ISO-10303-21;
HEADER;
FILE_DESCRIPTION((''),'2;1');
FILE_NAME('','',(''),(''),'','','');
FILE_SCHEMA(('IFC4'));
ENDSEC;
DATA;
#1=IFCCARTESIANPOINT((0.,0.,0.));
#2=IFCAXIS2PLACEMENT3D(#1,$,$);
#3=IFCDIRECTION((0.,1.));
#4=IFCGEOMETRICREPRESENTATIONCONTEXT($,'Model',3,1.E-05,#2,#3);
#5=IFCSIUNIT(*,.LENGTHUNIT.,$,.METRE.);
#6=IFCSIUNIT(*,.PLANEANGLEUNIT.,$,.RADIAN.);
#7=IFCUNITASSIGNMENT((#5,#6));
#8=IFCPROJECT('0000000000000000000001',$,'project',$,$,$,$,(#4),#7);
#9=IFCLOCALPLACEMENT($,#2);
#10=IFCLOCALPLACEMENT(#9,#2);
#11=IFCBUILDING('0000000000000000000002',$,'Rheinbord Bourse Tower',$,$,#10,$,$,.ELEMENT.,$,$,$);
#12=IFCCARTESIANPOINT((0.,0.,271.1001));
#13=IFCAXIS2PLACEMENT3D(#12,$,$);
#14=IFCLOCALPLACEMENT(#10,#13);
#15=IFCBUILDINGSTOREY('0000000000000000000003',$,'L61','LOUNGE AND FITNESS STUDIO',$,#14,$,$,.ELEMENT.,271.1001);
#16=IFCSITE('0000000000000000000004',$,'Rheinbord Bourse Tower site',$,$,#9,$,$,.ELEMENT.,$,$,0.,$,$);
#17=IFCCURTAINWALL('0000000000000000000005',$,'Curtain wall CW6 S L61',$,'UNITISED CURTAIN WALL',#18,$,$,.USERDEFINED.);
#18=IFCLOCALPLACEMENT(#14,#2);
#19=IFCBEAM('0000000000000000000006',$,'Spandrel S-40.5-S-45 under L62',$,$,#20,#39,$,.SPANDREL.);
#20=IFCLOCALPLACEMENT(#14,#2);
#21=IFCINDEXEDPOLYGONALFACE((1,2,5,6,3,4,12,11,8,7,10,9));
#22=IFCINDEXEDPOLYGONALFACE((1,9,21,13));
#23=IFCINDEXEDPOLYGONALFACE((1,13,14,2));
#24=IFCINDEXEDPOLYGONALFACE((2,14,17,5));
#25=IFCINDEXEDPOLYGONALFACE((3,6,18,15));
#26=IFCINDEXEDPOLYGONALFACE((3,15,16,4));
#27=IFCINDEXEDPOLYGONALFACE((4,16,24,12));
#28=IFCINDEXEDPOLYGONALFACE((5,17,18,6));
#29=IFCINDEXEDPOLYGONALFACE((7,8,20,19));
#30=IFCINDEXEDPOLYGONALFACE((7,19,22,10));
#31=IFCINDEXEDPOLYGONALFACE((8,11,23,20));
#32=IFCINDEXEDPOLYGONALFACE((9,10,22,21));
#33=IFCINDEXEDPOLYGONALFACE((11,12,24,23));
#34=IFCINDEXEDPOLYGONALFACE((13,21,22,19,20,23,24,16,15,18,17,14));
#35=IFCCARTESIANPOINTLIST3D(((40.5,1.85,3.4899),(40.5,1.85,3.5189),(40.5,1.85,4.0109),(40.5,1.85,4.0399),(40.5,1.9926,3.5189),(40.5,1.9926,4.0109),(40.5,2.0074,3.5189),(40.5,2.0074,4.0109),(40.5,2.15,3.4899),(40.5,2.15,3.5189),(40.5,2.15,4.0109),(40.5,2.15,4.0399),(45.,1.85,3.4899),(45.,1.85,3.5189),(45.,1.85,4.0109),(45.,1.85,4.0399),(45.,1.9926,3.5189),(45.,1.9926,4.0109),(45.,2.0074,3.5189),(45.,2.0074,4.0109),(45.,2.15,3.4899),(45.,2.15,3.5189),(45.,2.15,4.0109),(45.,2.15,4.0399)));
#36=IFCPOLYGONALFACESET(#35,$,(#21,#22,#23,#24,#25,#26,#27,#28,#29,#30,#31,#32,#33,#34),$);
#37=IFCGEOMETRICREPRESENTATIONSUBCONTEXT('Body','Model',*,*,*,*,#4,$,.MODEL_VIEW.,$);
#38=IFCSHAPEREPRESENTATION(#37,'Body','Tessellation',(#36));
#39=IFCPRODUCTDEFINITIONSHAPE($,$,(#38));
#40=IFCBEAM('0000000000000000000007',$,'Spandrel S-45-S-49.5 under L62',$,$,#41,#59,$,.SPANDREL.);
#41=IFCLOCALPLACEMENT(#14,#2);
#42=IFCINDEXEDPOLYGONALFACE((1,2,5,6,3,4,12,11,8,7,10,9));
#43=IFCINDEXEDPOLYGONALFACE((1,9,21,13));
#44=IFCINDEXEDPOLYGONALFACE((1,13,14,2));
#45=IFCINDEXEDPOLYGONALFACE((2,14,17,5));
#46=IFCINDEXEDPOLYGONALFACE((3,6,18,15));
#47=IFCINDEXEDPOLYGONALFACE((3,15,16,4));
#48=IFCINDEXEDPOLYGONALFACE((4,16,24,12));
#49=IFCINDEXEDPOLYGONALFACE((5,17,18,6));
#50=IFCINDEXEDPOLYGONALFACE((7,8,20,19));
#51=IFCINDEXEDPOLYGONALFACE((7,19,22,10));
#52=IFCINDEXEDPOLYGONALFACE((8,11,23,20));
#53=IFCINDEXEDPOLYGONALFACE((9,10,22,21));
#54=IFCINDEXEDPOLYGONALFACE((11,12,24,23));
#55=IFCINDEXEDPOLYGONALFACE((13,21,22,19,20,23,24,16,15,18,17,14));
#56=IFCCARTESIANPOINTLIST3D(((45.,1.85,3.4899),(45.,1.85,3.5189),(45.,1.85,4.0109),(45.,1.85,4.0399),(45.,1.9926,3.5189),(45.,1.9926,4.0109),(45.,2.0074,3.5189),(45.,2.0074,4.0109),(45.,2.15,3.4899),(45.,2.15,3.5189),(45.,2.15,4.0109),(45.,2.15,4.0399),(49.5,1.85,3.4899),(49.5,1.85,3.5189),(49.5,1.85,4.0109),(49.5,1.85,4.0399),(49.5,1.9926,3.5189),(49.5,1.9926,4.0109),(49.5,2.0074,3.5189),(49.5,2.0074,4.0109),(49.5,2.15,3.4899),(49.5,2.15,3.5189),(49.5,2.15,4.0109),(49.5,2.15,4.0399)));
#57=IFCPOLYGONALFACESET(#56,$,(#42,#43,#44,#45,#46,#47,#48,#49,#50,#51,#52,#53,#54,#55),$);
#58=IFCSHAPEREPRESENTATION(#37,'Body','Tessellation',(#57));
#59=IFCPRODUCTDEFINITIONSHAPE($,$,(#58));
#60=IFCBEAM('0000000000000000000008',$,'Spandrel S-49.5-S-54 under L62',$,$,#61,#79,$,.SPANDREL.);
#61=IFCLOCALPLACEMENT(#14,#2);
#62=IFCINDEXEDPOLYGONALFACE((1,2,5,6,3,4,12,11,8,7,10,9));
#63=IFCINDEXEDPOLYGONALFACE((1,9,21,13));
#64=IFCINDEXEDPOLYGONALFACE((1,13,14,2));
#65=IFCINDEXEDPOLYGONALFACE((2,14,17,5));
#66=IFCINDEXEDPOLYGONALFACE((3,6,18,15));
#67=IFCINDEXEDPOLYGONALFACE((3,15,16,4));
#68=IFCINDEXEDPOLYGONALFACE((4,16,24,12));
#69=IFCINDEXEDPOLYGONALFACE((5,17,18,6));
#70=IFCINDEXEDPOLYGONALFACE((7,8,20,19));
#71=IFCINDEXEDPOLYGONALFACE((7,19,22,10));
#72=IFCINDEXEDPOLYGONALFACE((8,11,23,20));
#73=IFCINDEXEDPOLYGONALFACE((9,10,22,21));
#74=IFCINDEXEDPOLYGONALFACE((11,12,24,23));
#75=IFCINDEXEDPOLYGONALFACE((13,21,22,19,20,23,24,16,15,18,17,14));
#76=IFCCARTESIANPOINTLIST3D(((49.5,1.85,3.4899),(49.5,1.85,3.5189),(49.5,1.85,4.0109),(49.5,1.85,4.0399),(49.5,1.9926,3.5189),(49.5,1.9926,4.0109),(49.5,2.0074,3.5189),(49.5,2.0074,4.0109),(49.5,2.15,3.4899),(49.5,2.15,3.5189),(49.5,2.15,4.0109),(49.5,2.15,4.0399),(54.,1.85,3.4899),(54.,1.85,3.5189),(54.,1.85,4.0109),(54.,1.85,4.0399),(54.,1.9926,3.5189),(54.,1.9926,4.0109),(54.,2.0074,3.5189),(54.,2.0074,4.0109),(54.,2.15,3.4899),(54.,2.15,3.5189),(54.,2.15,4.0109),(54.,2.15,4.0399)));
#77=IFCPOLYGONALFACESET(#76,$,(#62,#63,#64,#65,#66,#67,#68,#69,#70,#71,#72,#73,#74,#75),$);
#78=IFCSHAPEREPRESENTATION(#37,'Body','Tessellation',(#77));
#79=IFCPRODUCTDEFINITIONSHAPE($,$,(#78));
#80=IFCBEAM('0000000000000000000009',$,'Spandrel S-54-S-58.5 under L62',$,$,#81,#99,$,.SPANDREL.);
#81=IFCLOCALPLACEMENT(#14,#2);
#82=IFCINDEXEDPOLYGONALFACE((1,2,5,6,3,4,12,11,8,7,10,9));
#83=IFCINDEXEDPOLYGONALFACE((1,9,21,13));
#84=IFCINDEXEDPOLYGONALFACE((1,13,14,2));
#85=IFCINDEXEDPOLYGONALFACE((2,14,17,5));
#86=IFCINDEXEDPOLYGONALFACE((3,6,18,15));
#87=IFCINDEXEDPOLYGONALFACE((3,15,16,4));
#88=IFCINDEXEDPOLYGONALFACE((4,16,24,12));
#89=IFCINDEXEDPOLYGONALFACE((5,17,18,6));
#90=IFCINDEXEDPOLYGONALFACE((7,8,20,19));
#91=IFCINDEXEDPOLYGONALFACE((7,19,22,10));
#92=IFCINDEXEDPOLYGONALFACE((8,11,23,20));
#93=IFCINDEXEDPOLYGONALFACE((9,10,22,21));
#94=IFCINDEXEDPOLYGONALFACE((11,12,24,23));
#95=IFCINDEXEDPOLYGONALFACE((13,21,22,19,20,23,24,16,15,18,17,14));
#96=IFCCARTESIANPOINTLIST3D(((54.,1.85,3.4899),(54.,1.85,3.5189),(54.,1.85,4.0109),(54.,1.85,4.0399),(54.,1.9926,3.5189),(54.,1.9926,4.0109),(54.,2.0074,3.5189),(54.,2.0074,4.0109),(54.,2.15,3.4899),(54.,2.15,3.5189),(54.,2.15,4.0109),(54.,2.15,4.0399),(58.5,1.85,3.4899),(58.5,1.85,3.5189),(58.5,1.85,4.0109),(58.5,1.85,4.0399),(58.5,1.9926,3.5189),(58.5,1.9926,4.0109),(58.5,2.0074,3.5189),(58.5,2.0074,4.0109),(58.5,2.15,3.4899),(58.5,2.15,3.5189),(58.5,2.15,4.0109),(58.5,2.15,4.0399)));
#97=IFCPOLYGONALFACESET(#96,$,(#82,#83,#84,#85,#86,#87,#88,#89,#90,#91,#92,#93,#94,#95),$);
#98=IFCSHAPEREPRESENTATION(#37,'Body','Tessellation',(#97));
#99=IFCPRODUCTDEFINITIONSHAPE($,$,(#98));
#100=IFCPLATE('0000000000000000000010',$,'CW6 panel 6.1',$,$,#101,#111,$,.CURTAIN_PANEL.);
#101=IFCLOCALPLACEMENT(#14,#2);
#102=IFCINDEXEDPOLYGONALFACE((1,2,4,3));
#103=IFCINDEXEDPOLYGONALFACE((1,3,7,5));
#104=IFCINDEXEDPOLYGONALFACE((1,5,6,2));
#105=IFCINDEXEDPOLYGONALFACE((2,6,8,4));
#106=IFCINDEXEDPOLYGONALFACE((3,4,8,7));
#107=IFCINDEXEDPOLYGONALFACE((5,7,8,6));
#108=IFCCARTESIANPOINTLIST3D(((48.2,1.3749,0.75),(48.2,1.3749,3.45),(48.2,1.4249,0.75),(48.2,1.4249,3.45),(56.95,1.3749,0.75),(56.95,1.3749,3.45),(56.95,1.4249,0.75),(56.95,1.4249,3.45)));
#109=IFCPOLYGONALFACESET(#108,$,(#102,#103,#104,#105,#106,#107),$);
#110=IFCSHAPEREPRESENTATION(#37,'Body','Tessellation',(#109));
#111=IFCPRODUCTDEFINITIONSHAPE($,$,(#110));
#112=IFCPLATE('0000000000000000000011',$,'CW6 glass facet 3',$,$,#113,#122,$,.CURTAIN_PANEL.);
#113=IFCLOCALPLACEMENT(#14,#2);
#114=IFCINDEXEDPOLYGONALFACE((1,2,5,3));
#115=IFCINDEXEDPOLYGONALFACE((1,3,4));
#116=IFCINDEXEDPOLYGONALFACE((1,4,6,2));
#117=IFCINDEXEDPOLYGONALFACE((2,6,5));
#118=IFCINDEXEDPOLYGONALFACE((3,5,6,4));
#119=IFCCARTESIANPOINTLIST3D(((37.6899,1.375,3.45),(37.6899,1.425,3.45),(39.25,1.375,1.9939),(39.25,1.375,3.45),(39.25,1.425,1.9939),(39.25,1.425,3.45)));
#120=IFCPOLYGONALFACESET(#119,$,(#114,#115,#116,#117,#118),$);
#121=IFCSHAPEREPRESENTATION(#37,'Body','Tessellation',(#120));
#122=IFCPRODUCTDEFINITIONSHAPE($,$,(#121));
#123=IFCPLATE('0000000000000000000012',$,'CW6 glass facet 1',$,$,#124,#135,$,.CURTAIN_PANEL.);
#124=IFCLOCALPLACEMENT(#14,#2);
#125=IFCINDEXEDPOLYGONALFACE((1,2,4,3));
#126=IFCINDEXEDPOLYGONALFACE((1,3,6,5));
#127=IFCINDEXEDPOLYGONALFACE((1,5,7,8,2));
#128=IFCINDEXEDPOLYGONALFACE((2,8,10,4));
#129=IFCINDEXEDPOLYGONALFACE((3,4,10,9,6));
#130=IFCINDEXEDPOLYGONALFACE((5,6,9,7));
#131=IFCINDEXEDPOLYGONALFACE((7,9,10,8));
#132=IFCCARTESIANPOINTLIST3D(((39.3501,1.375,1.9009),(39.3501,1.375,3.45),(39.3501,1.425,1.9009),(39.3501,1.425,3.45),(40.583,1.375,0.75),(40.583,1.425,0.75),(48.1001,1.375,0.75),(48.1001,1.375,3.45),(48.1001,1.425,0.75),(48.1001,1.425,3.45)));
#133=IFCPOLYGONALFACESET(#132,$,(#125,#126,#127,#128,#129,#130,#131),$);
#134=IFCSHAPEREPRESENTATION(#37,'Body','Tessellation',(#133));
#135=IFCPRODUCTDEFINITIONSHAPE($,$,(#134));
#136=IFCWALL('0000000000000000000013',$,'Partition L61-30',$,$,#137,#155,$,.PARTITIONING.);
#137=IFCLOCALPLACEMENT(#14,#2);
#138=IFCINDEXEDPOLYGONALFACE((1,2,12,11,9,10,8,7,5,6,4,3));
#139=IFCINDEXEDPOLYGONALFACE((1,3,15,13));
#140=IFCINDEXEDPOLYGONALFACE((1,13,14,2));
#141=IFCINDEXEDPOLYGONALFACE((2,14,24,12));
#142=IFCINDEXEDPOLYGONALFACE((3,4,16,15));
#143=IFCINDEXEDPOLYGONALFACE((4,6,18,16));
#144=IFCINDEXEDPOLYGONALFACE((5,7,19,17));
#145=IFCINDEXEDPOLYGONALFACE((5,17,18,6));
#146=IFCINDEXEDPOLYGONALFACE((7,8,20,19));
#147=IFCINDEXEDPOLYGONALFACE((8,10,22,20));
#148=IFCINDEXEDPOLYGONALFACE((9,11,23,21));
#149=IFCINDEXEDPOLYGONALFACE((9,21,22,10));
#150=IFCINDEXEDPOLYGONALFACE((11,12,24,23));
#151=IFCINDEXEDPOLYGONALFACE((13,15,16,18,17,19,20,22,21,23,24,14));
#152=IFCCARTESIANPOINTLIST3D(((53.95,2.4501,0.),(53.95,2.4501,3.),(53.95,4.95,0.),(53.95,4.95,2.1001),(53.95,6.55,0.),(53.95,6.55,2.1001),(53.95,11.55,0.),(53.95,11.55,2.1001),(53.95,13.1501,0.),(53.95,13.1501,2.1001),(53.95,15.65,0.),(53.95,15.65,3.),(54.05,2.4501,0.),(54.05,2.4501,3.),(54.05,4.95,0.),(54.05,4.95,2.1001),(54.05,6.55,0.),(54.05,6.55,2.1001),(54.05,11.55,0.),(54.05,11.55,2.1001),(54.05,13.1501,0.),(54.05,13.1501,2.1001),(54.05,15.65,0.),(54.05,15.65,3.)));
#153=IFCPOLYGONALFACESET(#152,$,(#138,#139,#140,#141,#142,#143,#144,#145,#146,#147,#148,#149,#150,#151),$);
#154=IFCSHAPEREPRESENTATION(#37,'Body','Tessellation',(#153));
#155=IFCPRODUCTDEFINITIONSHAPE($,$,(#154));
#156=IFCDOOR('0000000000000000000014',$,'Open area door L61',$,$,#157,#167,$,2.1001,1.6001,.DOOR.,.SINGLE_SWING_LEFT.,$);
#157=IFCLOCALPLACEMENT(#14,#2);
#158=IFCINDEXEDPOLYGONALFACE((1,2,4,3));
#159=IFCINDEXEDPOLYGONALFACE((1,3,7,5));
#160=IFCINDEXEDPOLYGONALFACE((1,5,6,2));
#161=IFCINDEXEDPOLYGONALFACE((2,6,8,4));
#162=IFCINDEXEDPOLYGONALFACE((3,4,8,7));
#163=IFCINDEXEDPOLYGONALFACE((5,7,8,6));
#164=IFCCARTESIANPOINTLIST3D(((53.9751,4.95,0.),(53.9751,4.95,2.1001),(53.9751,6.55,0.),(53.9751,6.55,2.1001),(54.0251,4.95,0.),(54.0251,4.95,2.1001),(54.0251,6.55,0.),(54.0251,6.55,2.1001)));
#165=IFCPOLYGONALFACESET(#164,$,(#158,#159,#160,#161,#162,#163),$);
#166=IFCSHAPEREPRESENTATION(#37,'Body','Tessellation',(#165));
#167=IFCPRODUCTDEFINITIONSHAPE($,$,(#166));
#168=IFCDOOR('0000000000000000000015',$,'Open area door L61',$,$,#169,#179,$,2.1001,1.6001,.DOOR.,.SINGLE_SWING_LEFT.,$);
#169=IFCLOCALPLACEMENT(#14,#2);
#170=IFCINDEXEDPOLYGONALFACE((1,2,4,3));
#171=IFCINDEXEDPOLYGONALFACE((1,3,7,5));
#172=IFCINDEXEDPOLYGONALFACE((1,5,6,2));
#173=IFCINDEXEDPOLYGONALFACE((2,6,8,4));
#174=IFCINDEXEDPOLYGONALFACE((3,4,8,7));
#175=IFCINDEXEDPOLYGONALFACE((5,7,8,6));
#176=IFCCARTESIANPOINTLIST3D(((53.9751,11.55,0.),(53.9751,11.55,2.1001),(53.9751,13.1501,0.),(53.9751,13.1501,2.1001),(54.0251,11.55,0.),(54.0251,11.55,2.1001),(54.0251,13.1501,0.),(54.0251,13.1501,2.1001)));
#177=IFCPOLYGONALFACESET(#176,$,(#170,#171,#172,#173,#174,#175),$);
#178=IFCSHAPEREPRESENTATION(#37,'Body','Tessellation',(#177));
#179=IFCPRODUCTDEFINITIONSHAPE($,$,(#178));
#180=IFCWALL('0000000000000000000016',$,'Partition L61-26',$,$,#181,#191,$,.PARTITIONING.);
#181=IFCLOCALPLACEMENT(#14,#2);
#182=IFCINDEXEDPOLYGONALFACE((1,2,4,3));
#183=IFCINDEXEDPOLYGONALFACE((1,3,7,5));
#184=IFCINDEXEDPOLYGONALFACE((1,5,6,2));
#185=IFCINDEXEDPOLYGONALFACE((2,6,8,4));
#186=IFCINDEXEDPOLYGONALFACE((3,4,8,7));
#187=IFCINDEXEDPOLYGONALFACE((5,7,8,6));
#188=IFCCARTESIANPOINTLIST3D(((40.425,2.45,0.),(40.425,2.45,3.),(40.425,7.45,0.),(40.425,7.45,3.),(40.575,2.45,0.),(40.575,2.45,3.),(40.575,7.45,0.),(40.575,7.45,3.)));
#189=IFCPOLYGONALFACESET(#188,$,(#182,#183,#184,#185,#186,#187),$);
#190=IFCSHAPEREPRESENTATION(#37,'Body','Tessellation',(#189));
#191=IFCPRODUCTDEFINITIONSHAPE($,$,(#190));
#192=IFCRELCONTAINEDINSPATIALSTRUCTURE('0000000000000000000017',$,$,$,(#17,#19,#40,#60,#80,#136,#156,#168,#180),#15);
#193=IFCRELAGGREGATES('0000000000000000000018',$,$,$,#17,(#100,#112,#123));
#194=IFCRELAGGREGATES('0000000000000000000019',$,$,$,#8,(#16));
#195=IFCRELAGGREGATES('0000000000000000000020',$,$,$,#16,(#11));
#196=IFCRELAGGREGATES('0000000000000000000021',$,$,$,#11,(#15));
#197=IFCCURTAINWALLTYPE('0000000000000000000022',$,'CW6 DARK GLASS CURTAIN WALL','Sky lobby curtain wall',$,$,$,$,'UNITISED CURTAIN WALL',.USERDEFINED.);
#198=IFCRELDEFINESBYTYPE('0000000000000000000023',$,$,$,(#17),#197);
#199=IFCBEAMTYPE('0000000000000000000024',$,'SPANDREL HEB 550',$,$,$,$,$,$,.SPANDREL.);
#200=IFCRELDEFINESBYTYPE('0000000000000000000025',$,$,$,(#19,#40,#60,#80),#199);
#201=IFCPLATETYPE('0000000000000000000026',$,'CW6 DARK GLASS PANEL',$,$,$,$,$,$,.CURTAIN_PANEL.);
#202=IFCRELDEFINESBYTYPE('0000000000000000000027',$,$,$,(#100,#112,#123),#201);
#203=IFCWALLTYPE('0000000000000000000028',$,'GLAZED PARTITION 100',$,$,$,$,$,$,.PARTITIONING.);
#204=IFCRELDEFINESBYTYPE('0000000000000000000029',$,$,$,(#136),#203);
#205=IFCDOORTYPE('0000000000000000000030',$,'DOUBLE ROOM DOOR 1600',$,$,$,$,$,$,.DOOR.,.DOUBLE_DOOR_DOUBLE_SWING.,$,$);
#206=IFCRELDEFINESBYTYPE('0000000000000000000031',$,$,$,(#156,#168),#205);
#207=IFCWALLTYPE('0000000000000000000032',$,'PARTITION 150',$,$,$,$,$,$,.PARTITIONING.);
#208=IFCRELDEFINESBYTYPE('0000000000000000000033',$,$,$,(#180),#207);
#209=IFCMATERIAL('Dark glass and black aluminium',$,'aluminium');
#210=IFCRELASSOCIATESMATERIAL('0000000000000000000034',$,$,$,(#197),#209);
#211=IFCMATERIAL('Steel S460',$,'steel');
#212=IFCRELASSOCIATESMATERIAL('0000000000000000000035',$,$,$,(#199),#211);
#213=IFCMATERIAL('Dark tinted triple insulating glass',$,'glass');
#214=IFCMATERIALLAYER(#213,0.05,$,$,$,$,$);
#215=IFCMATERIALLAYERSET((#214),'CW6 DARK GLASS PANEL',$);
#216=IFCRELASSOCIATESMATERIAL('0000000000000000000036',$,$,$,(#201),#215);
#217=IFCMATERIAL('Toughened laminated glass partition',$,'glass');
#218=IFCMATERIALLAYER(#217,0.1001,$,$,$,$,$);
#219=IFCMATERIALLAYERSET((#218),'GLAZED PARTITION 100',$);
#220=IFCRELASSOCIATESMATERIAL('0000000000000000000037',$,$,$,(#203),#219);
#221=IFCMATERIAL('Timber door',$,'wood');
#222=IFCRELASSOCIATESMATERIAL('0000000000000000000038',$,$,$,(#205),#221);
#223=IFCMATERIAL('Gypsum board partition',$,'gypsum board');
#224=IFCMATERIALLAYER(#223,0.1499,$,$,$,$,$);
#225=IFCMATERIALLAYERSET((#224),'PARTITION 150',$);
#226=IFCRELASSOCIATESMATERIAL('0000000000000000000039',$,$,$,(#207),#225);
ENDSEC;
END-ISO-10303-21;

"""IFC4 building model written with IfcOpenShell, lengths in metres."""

from ifc_helpers import new_model, si_unit, direction, frame, frame_2d, origin, origin_2d, place, context, subcontext, project, spatial, polyline, rectangle, i_section, outline, extrude, material, layer, layer_set, material_profile, profile_set, type_object, element, fill, aggregate, save


model = new_model("IFC4")

# Units and contexts
model_context = context("Model", 3, precision=1e-05, world=origin(), true_north=direction((0.0, 1.0)))
body_context = subcontext(model_context, "Body", "Model", "MODEL_VIEW")
ifc_project = project(units=[si_unit("LENGTHUNIT", "METRE"), si_unit("PLANEANGLEUNIT", "RADIAN")], contexts=[model_context])

# Site, building, storey
site_placement = place(None, origin())
site = spatial("IfcSite", under=ifc_project, at=site_placement, Name="Rheinbord Bourse Tower site", CompositionType="ELEMENT", RefElevation=0.0)
building_placement = place(site_placement, origin())
building = spatial("IfcBuilding", under=site, at=building_placement, Name="Rheinbord Bourse Tower", CompositionType="ELEMENT")
storey_placement = place(building_placement, frame((0.0, 0.0, 271.1001)))
storey = spatial("IfcBuildingStorey", under=building, at=storey_placement, Name="L61", Description="LOUNGE AND FITNESS STUDIO", CompositionType="ELEMENT", Elevation=271.1001)

# Curtain wall
ifc_material_1 = material(Name="Dark glass and black aluminium", Category="aluminium")
curtain_wall_type = type_object("IfcCurtainWallType", Name="CW6 DARK GLASS CURTAIN WALL", Description="Sky lobby curtain wall", ElementType="UNITISED CURTAIN WALL", PredefinedType="USERDEFINED", material=ifc_material_1)
curtain_wall_placement = place(storey_placement, origin())
curtain_wall = element("IfcCurtainWall", 1, at=curtain_wall_placement, inside=storey, type_object=curtain_wall_type, Name="Curtain wall CW6 S L61", ObjectType="UNITISED CURTAIN WALL", PredefinedType="USERDEFINED")

# Beams
ifc_material_2 = material(Name="Steel S460", Category="steel")
ifc_material_profile_1 = material_profile(ifc_material_2, i_section(OverallWidth=0.3, OverallDepth=0.55, WebThickness=0.0149, FlangeThickness=0.0291, at=origin_2d()), Name="HEB 550")
ifc_profile_set_1 = profile_set([ifc_material_profile_1], Name="Steel S460")
beam_type_1 = type_object("IfcBeamType", Name="SPANDREL HEB 550", PredefinedType="SPANDREL", material=ifc_profile_set_1)
for number, where, z_axis, x_axis, name in (
    (2, (40.5, 2.0, 3.7649), (1.0, 0.0, 0.0), (0.0, 1.0, 0.0), "Spandrel S-40.5-S-45 under L62"),
    (3, (45.0, 2.0, 3.7649), (1.0, 0.0, 0.0), (0.0, 1.0, 0.0), "Spandrel S-45-S-49.5 under L62"),
    (4, (49.5, 2.0, 3.7649), (1.0, 0.0, 0.0), (0.0, 1.0, 0.0), "Spandrel S-49.5-S-54 under L62"),
    (5, (54.0, 2.0, 3.7649), (1.0, 0.0, 0.0), (0.0, 1.0, 0.0), "Spandrel S-54-S-58.5 under L62"),
):
    element("IfcBeam", number, at=place(storey_placement, frame(where, z_axis=z_axis, x_axis=x_axis)), inside=storey, type_object=beam_type_1, Name=name, PredefinedType="SPANDREL", context=body_context, shape_type="SweptSolid", body=[
        extrude(i_section(OverallWidth=0.3, OverallDepth=0.55, WebThickness=0.0149, FlangeThickness=0.0291, at=origin_2d()), origin(), (0.0, 0.0, 1.0), 4.5),
    ])

# Plates
ifc_material_3 = material(Name="Dark tinted triple insulating glass", Category="glass")
ifc_layer_1 = layer(ifc_material_3, 0.05)
ifc_layer_set_1 = layer_set([ifc_layer_1], Name="CW6 DARK GLASS PANEL")
plate_type = type_object("IfcPlateType", Name="CW6 DARK GLASS PANEL", PredefinedType="CURTAIN_PANEL", material=ifc_layer_set_1)
plate_1_placement = place(storey_placement, frame((52.575, 1.3999, 0.75), z_axis=(0.0, 0.0, 1.0), x_axis=(1.0, 0.0, 0.0)))
plate_1 = element("IfcPlate", 6, at=plate_1_placement, type_object=plate_type, Name="CW6 panel 6.1", PredefinedType="CURTAIN_PANEL", context=body_context, shape_type="SweptSolid", body=[
    extrude(rectangle(XDim=8.75, YDim=0.05, at=origin_2d()), origin(), (0.0, 0.0, 1.0), 2.7),
])
plate_2_placement = place(storey_placement, frame((39.25, 1.375, 3.45), z_axis=(0.0, 1.0, 0.0), x_axis=(0.0, 0.0, -1.0)))
plate_2 = element("IfcPlate", 7, at=plate_2_placement, type_object=plate_type, Name="CW6 glass facet 3", PredefinedType="CURTAIN_PANEL", context=body_context, shape_type="SweptSolid", body=[
    extrude(outline(polyline([(0.0, 0.0), (1.4561, 0.0), (0.0, 1.5601), (0.0, 0.0)])), origin(), (0.0, 0.0, 1.0), 0.05),
])
plate_3_placement = place(storey_placement, frame((39.3501, 1.375, 3.45), z_axis=(0.0, 1.0, 0.0), x_axis=(1.0, 0.0, 0.0)))
plate_3 = element("IfcPlate", 8, at=plate_3_placement, type_object=plate_type, Name="CW6 glass facet 1", PredefinedType="CURTAIN_PANEL", context=body_context, shape_type="SweptSolid", body=[
    extrude(outline(polyline([(0.0, 0.0), (8.75, 0.0), (8.75, 2.7), (1.2329, 2.7), (0.0, 1.5491), (0.0, 0.0)])), origin(), (0.0, 0.0, 1.0), 0.05),
])
aggregate(curtain_wall, [plate_1, plate_2, plate_3])

# Wall, openings, doors
ifc_material_4 = material(Name="Toughened laminated glass partition", Category="glass")
ifc_layer_2 = layer(ifc_material_4, 0.1001)
ifc_layer_set_2 = layer_set([ifc_layer_2], Name="GLAZED PARTITION 100")
wall_type_1 = type_object("IfcWallType", Name="GLAZED PARTITION 100", PredefinedType="PARTITIONING", material=ifc_layer_set_2)
wall_1_placement = place(storey_placement, frame((54.0, 2.45, 0.0), z_axis=(0.0, 0.0, 1.0), x_axis=(0.0, 1.0, 0.0)))
wall_1 = element("IfcWall", 9, at=wall_1_placement, inside=storey, type_object=wall_type_1, Name="Partition L61-30", PredefinedType="PARTITIONING", context=body_context, shape_type="SweptSolid", body=[
    extrude(rectangle(XDim=13.2, YDim=0.1001, at=frame_2d((6.6001, 0.0))), origin(), (0.0, 0.0, 1.0), 3.0),
])
opening_1_placement = place(wall_1_placement, frame((2.5, 0.0, 0.0)))
opening_1 = element("IfcOpeningElement", 10, at=opening_1_placement, cuts=wall_1, PredefinedType="OPENING", context=body_context, shape_type="SweptSolid", body=[
    extrude(rectangle(XDim=1.6001, YDim=2.1001, at=frame_2d((0.8, 1.05))), frame((0.0, 0.0601, 0.0), z_axis=(0.0, -1.0, 0.0), x_axis=(1.0, 0.0, 0.0)), (0.0, 0.0, 1.0), 0.1201),
])
opening_2_placement = place(wall_1_placement, frame((9.1001, 0.0, 0.0)))
opening_2 = element("IfcOpeningElement", 11, at=opening_2_placement, cuts=wall_1, PredefinedType="OPENING", context=body_context, shape_type="SweptSolid", body=[
    extrude(rectangle(XDim=1.6001, YDim=2.1001, at=frame_2d((0.8, 1.05))), frame((0.0, 0.0601, 0.0), z_axis=(0.0, -1.0, 0.0), x_axis=(1.0, 0.0, 0.0)), (0.0, 0.0, 1.0), 0.1201),
])
ifc_material_5 = material(Name="Timber door", Category="wood")
door_type = type_object("IfcDoorType", Name="DOUBLE ROOM DOOR 1600", OperationType="DOUBLE_DOOR_DOUBLE_SWING", PredefinedType="DOOR", material=ifc_material_5)
door_1_placement = place(opening_1_placement, origin())
door_1 = element("IfcDoor", 12, at=door_1_placement, inside=storey, type_object=door_type, Name="Open area door L61", OperationType="SINGLE_SWING_LEFT", OverallHeight=2.1001, OverallWidth=1.6001, PredefinedType="DOOR", context=body_context, shape_type="SweptSolid", body=[
    extrude(rectangle(XDim=1.6001, YDim=2.1001, at=frame_2d((0.8, 1.05))), frame((0.0, 0.0249, 0.0), z_axis=(0.0, -1.0, 0.0), x_axis=(1.0, 0.0, 0.0)), (0.0, 0.0, 1.0), 0.05),
])
fill(opening_1, door_1)
door_2_placement = place(opening_2_placement, origin())
door_2 = element("IfcDoor", 13, at=door_2_placement, inside=storey, type_object=door_type, Name="Open area door L61", OperationType="SINGLE_SWING_LEFT", OverallHeight=2.1001, OverallWidth=1.6001, PredefinedType="DOOR", context=body_context, shape_type="SweptSolid", body=[
    extrude(rectangle(XDim=1.6001, YDim=2.1001, at=frame_2d((0.8, 1.05))), frame((0.0, 0.0249, 0.0), z_axis=(0.0, -1.0, 0.0), x_axis=(1.0, 0.0, 0.0)), (0.0, 0.0, 1.0), 0.05),
])
fill(opening_2, door_2)

# Wall
ifc_material_6 = material(Name="Gypsum board partition", Category="gypsum board")
ifc_layer_3 = layer(ifc_material_6, 0.1499)
ifc_layer_set_3 = layer_set([ifc_layer_3], Name="PARTITION 150")
wall_type_2 = type_object("IfcWallType", Name="PARTITION 150", PredefinedType="PARTITIONING", material=ifc_layer_set_3)
wall_2_placement = place(storey_placement, frame((40.5, 2.45, 0.0), z_axis=(0.0, 0.0, 1.0), x_axis=(0.0, 1.0, 0.0)))
element("IfcWall", 14, at=wall_2_placement, inside=storey, type_object=wall_type_2, Name="Partition L61-26", PredefinedType="PARTITIONING", context=body_context, shape_type="SweptSolid", body=[
    extrude(rectangle(XDim=5.0, YDim=0.1499, at=frame_2d((2.5, 0.0))), origin(), (0.0, 0.0, 1.0), 3.0),
])

save(model, "model.ifc")
